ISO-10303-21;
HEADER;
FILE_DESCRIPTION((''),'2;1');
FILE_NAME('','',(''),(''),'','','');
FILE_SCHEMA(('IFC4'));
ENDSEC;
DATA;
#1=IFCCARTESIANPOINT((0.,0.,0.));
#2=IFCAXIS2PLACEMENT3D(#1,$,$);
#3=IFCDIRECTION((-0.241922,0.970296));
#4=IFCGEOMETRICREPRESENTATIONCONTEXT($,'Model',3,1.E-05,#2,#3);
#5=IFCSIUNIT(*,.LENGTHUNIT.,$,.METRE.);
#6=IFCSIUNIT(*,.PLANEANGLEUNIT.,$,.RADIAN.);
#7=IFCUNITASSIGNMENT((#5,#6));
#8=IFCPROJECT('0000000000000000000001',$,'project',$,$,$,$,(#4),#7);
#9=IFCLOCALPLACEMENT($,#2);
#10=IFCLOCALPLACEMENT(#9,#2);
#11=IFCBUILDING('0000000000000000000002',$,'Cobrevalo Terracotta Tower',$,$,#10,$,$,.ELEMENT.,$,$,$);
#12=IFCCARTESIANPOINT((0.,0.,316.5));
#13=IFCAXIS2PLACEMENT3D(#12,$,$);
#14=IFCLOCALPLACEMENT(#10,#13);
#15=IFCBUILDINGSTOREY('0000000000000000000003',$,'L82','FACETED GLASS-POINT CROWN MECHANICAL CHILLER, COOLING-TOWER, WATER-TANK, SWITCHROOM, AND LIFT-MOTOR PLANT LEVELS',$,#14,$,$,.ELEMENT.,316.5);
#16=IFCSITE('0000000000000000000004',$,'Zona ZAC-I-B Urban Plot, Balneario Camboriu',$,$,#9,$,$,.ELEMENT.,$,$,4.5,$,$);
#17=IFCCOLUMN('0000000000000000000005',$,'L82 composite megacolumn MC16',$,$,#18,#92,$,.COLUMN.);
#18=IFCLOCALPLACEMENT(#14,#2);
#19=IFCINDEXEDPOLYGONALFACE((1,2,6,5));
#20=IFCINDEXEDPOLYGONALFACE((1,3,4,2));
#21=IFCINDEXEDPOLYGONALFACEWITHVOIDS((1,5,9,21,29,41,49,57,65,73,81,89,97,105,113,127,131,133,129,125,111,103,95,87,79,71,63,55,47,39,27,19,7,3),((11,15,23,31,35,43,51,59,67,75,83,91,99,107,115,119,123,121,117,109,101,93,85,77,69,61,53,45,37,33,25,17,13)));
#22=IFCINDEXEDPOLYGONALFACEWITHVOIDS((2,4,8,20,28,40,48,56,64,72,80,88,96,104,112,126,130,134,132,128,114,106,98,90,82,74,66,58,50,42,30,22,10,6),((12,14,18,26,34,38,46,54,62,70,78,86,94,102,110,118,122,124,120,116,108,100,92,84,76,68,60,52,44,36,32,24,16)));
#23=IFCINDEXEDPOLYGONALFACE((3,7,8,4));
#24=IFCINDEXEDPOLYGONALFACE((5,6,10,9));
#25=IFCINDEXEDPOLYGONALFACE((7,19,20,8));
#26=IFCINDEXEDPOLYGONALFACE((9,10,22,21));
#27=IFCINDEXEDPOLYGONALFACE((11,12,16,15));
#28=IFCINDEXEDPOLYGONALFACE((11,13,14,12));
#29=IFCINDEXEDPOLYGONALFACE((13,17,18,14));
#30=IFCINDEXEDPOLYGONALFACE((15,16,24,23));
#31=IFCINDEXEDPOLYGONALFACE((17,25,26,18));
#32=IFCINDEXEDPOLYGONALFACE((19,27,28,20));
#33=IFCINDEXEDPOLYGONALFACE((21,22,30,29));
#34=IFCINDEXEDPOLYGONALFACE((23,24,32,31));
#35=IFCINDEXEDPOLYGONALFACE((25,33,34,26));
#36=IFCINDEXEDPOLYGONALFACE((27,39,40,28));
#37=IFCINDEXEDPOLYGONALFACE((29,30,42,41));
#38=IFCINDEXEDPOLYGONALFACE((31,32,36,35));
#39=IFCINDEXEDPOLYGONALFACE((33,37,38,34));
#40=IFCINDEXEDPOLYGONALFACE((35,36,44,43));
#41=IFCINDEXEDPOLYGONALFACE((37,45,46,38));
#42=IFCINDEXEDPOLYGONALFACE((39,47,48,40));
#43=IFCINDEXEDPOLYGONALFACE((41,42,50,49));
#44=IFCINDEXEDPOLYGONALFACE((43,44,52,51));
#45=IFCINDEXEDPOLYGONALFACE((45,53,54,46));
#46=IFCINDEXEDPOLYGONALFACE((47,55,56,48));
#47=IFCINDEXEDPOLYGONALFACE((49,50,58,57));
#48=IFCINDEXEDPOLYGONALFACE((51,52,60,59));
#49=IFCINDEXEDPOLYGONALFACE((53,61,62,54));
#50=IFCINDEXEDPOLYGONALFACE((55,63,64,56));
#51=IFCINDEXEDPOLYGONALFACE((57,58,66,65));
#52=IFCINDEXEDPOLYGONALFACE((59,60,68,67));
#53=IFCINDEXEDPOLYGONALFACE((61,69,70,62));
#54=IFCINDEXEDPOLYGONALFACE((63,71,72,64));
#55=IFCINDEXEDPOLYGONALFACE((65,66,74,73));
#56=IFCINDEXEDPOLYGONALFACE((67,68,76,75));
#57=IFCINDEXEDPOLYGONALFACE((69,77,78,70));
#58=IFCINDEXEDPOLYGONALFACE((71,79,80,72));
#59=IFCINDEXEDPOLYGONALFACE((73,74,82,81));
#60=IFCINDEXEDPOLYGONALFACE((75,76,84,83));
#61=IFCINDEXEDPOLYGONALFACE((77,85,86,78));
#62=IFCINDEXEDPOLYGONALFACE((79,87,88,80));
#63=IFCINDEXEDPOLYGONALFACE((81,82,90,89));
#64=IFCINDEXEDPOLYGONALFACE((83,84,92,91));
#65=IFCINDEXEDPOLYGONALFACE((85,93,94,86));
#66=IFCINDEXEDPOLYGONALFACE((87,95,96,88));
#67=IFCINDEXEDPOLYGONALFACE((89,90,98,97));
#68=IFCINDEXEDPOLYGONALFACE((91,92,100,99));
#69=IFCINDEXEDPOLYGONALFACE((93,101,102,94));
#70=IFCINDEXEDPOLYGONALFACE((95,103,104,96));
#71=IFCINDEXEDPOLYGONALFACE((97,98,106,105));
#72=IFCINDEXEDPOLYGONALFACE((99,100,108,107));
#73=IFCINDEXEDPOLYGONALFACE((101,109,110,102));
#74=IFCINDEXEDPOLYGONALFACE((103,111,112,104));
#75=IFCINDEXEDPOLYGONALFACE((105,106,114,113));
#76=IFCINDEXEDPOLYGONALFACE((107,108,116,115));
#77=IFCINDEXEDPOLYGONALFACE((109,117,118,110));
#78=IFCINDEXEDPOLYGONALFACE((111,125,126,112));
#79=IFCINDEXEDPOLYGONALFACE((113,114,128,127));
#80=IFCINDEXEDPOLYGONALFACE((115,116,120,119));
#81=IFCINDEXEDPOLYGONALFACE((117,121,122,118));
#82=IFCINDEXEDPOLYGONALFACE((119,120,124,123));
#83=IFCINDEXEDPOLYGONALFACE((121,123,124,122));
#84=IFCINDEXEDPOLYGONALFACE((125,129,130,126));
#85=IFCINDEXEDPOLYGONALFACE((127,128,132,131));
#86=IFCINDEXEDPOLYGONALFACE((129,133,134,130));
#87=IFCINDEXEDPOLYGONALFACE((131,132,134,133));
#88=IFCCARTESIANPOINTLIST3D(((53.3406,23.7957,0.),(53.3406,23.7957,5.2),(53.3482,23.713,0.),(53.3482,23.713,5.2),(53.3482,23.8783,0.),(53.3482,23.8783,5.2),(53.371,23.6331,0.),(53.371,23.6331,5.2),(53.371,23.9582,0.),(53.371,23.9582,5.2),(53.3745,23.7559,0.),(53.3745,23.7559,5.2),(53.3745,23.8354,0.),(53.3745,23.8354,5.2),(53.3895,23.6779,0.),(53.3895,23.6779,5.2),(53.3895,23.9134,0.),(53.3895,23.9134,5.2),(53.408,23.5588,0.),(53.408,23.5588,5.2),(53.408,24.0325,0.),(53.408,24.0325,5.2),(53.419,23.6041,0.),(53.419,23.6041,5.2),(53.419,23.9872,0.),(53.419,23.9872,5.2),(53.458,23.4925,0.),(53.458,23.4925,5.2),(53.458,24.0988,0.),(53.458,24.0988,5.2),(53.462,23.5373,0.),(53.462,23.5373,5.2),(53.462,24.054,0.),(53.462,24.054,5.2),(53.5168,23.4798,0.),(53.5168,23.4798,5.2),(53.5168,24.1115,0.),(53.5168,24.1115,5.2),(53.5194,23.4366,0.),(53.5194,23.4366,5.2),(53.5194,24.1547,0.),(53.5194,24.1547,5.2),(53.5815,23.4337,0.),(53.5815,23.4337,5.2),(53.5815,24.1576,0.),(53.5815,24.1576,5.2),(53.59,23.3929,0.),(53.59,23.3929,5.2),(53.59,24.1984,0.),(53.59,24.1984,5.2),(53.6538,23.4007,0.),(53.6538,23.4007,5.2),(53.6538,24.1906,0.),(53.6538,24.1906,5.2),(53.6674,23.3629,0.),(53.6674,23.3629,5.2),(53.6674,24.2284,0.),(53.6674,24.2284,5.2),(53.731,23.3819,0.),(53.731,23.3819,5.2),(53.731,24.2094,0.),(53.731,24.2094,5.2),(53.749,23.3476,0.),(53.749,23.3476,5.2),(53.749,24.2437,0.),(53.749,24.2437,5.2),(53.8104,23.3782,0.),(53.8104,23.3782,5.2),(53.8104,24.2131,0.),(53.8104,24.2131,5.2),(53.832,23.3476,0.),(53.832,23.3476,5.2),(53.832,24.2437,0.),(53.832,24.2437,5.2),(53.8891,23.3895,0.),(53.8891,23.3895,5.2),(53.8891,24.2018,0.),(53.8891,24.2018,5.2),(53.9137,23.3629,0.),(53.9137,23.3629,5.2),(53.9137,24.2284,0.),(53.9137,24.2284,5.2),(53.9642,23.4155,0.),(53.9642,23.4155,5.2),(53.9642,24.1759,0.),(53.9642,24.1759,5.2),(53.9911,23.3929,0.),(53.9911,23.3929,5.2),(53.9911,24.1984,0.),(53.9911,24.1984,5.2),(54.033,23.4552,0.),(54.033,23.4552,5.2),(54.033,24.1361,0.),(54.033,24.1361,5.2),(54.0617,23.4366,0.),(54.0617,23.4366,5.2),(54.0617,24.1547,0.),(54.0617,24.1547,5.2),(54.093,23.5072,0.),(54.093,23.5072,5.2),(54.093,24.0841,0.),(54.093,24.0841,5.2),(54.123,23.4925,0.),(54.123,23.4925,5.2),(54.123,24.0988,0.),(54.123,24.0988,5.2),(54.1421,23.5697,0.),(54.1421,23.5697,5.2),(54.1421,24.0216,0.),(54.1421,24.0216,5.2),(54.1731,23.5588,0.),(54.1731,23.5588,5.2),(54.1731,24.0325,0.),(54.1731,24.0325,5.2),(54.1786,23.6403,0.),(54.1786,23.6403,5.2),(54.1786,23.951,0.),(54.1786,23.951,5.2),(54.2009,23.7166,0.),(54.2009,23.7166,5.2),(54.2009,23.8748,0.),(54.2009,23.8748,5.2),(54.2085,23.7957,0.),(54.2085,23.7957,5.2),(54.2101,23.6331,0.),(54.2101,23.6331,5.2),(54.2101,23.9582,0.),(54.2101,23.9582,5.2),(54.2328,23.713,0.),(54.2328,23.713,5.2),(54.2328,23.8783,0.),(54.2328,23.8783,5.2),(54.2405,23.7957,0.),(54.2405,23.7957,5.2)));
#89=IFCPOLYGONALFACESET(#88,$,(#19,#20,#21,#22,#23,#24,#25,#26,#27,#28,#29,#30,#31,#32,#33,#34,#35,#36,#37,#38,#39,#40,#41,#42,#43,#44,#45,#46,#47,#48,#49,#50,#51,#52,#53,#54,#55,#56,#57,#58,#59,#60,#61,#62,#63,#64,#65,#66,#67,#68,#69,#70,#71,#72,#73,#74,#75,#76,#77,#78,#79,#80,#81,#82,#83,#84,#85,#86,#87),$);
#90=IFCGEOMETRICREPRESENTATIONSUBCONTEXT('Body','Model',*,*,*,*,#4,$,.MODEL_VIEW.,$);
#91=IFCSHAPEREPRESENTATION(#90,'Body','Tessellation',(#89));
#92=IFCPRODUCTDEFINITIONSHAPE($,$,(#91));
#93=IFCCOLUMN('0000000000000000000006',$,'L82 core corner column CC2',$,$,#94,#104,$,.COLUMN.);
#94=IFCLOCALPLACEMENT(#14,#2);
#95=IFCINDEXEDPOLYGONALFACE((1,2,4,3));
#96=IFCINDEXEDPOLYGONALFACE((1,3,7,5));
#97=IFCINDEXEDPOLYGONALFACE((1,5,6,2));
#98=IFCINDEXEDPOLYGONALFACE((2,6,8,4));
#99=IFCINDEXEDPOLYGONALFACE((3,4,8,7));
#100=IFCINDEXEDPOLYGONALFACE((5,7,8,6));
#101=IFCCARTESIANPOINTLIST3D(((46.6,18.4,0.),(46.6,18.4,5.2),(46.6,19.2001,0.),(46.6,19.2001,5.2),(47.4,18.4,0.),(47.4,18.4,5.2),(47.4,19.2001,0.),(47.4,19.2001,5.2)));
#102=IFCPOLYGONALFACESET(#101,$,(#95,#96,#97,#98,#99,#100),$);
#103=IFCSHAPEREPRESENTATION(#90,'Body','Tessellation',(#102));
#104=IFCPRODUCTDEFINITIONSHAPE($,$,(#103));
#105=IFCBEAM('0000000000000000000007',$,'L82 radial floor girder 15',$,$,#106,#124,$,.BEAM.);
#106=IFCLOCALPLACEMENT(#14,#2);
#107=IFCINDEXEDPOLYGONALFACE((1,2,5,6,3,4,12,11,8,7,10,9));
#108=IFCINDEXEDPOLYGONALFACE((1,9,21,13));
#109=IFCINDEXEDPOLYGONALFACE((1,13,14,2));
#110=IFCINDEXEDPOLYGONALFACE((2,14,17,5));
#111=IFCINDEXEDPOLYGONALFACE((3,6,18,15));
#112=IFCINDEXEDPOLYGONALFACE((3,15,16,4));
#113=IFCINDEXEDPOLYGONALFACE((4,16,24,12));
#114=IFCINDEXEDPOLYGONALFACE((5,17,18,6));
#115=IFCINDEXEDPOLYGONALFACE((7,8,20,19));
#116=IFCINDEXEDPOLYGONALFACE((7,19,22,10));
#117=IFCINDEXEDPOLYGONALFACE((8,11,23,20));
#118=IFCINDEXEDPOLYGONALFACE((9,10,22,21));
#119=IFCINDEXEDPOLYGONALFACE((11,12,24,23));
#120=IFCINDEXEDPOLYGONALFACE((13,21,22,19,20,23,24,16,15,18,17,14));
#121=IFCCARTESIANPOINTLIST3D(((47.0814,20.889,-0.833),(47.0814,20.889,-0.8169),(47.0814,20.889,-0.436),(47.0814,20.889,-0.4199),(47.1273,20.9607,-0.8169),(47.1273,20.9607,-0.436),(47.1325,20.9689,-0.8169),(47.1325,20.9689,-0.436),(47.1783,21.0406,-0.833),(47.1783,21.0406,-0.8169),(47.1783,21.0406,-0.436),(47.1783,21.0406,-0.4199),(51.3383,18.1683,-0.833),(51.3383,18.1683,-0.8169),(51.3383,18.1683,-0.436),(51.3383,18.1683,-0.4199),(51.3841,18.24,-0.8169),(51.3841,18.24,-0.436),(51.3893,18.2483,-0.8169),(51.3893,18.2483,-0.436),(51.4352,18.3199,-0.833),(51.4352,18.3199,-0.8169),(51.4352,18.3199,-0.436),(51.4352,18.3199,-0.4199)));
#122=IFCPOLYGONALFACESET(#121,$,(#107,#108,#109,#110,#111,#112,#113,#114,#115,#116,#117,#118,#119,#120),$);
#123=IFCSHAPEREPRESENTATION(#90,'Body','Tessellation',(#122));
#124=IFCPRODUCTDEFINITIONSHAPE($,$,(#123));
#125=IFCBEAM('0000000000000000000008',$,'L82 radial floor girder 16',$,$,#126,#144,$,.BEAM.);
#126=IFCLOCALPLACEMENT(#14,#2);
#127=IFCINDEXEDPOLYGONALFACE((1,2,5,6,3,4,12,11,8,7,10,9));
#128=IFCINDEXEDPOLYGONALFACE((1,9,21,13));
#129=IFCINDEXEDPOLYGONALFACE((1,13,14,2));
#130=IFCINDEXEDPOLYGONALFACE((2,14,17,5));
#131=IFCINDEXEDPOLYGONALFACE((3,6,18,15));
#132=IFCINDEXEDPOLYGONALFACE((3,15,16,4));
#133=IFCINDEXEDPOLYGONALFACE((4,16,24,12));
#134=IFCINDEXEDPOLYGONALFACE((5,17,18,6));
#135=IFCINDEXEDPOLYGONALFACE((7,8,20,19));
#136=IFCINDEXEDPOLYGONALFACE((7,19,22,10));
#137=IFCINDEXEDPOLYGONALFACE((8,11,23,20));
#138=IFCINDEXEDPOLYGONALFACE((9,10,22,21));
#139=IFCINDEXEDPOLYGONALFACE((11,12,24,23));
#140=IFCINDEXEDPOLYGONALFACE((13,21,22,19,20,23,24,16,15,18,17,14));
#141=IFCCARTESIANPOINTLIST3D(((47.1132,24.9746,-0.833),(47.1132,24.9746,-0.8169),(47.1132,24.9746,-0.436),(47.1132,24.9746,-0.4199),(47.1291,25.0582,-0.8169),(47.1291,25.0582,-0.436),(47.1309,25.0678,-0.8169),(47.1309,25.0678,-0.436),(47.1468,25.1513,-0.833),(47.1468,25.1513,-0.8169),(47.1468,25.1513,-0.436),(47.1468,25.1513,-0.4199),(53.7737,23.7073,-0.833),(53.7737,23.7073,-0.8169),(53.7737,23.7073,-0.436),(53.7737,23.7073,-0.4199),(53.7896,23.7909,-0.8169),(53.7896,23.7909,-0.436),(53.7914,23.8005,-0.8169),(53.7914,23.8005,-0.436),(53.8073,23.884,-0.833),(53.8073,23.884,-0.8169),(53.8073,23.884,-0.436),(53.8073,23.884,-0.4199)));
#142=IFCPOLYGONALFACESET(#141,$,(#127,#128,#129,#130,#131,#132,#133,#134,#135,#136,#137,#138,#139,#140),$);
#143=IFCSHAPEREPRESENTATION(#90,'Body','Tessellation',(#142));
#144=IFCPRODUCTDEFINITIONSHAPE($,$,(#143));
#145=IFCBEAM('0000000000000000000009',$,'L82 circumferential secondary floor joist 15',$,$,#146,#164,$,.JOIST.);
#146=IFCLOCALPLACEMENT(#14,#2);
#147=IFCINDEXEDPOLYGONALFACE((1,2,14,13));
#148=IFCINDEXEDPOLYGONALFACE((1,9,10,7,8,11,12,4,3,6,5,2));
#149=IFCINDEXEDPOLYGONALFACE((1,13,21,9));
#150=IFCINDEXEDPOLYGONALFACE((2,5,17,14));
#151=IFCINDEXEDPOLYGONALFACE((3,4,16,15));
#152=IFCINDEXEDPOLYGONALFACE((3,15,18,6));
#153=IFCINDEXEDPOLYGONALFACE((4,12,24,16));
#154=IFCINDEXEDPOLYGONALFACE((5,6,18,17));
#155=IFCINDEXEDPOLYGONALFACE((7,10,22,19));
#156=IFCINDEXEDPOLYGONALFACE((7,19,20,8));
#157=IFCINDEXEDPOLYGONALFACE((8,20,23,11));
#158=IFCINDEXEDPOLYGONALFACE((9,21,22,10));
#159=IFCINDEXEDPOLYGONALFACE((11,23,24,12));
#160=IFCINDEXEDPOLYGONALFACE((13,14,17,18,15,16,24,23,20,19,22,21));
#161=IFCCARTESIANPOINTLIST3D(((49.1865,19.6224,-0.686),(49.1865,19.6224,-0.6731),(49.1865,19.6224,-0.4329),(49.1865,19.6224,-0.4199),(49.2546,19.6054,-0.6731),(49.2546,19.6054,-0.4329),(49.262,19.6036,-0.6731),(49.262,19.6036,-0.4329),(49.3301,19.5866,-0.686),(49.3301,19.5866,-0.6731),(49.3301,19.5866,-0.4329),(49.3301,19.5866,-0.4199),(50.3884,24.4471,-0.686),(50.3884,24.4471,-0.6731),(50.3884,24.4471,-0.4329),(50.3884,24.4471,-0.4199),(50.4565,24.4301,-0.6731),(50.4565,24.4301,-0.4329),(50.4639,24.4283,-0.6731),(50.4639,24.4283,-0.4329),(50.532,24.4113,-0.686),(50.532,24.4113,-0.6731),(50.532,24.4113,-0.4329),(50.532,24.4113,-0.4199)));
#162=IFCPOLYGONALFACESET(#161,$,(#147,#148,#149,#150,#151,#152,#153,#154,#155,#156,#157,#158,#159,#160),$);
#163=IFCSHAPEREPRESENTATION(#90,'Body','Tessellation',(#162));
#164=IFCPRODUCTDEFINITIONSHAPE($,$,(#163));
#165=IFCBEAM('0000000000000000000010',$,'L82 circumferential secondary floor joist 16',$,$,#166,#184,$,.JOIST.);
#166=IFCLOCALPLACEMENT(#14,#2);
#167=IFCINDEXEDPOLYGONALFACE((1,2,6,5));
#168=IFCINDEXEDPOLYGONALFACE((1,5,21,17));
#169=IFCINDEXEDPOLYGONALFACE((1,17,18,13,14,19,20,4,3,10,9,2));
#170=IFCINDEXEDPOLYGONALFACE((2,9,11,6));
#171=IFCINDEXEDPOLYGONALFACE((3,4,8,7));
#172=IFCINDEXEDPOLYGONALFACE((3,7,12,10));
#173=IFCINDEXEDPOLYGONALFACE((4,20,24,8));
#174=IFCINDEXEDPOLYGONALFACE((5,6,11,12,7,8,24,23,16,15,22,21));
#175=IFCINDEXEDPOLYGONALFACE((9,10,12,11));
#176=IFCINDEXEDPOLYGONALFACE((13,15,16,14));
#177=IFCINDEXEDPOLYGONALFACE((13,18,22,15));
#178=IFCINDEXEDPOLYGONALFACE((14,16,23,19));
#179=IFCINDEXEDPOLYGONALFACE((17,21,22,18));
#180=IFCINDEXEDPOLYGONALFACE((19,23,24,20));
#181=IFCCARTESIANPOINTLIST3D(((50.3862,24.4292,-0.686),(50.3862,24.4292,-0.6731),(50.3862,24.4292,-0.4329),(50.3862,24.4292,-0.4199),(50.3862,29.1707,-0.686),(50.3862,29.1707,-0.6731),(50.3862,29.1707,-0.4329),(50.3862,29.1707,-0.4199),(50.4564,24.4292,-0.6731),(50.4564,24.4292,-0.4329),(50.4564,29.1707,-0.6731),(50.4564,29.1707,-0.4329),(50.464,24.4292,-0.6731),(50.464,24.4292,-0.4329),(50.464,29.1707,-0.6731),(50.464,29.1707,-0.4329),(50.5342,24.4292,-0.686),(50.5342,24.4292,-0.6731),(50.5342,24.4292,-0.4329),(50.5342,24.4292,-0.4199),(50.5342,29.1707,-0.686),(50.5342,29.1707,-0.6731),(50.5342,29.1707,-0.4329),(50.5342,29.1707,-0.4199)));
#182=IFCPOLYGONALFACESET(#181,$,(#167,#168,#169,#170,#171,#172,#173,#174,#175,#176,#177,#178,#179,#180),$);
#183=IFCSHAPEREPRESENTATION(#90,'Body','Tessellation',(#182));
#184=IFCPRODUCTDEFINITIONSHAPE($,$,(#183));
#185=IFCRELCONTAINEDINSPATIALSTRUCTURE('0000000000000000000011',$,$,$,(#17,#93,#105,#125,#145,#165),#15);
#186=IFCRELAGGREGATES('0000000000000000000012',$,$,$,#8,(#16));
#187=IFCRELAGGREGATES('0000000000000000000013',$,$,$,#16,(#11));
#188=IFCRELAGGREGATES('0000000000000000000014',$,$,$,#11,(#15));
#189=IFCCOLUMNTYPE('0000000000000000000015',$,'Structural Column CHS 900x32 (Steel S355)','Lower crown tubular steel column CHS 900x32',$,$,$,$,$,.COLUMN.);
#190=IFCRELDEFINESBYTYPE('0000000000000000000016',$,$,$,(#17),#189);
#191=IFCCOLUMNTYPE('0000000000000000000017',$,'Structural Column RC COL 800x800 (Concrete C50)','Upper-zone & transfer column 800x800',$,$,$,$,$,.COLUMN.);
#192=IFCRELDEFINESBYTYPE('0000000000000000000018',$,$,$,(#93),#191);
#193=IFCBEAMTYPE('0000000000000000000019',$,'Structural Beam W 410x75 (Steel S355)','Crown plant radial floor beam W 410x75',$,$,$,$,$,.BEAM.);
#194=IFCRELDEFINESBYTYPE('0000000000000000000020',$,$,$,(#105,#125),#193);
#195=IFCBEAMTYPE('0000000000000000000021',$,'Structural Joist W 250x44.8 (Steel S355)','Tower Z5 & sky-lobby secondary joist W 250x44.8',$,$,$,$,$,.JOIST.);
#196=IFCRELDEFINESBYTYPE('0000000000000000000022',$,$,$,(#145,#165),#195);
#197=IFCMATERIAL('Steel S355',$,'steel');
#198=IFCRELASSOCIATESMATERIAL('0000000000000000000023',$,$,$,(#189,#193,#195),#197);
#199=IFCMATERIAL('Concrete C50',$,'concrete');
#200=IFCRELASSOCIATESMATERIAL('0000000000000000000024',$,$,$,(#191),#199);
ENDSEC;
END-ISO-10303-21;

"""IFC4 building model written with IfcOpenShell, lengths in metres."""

from ifc_helpers import new_model, si_unit, direction, frame, origin, origin_2d, place, context, subcontext, project, spatial, rectangle, hollow_circle, i_section, extrude, material, material_profile, profile_set, type_object, element, save


model = new_model("IFC4")

# Units and contexts
model_context = context("Model", 3, precision=1e-05, world=origin(), true_north=direction((-0.241922, 0.970296)))
body_context = subcontext(model_context, "Body", "Model", "MODEL_VIEW")
ifc_project = project(units=[si_unit("LENGTHUNIT", "METRE"), si_unit("PLANEANGLEUNIT", "RADIAN")], contexts=[model_context])

# Site, building, storey
site_placement = place(None, origin())
site = spatial("IfcSite", under=ifc_project, at=site_placement, Name="Zona ZAC-I-B Urban Plot, Balneario Camboriu", CompositionType="ELEMENT", RefElevation=4.5)
building_placement = place(site_placement, origin())
building = spatial("IfcBuilding", under=site, at=building_placement, Name="Cobrevalo Terracotta Tower", CompositionType="ELEMENT")
storey_placement = place(building_placement, frame((0.0, 0.0, 316.5)))
storey = spatial("IfcBuildingStorey", under=building, at=storey_placement, Name="L82", Description="FACETED GLASS-POINT CROWN MECHANICAL CHILLER, COOLING-TOWER, WATER-TANK, SWITCHROOM, AND LIFT-MOTOR PLANT LEVELS", CompositionType="ELEMENT", Elevation=316.5)

# Columns
ifc_material_1 = material(Name="Steel S355", Category="steel")
ifc_material_profile_1 = material_profile(ifc_material_1, hollow_circle(Radius=0.45, WallThickness=0.032, at=origin_2d()), Name="CHS 900x32")
ifc_profile_set_1 = profile_set([ifc_material_profile_1], Name="Steel S355")
column_type_1 = type_object("IfcColumnType", Name="Structural Column CHS 900x32 (Steel S355)", Description="Lower crown tubular steel column CHS 900x32", PredefinedType="COLUMN", material=ifc_profile_set_1)
column_1_placement = place(storey_placement, frame((53.7905, 23.7957, 0.0), z_axis=(0.0, 0.0, 1.0), x_axis=(1.0, 0.0, 0.0)))
element("IfcColumn", 1, at=column_1_placement, inside=storey, type_object=column_type_1, Name="L82 composite megacolumn MC16", PredefinedType="COLUMN", context=body_context, shape_type="SweptSolid", body=[
    extrude(hollow_circle(Radius=0.45, WallThickness=0.032, at=origin_2d()), origin(), (0.0, 0.0, 1.0), 5.2),
])
ifc_material_2 = material(Name="Concrete C50", Category="concrete")
ifc_material_profile_2 = material_profile(ifc_material_2, rectangle(XDim=0.8, YDim=0.8, at=origin_2d()), Name="RC COL 800x800")
ifc_profile_set_2 = profile_set([ifc_material_profile_2], Name="Concrete C50")
column_type_2 = type_object("IfcColumnType", Name="Structural Column RC COL 800x800 (Concrete C50)", Description="Upper-zone & transfer column 800x800", PredefinedType="COLUMN", material=ifc_profile_set_2)
column_2_placement = place(storey_placement, frame((47.0, 18.8, 0.0), z_axis=(0.0, 0.0, 1.0), x_axis=(1.0, 0.0, 0.0)))
element("IfcColumn", 2, at=column_2_placement, inside=storey, type_object=column_type_2, Name="L82 core corner column CC2", PredefinedType="COLUMN", context=body_context, shape_type="SweptSolid", body=[
    extrude(rectangle(XDim=0.8, YDim=0.8, at=origin_2d()), origin(), (0.0, 0.0, 1.0), 5.2),
])

# Beams
ifc_material_profile_3 = material_profile(ifc_material_1, i_section(OverallWidth=0.1799, OverallDepth=0.4131, WebThickness=0.0098, FlangeThickness=0.0161, at=origin_2d()), Name="W 410x75")
ifc_profile_set_3 = profile_set([ifc_material_profile_3], Name="Steel S355")
beam_type_1 = type_object("IfcBeamType", Name="Structural Beam W 410x75 (Steel S355)", Description="Crown plant radial floor beam W 410x75", PredefinedType="BEAM", material=ifc_profile_set_3)
beam_1_placement = place(storey_placement, frame((51.3867, 18.2441, -0.6265), z_axis=(-0.842601, 0.538538, 0.0), x_axis=(-0.538538, -0.842601, 0.0)))
element("IfcBeam", 3, at=beam_1_placement, inside=storey, type_object=beam_type_1, Name="L82 radial floor girder 15", PredefinedType="BEAM", context=body_context, shape_type="SweptSolid", body=[
    extrude(i_section(OverallWidth=0.1799, OverallDepth=0.4131, WebThickness=0.0098, FlangeThickness=0.0161, at=origin_2d()), origin(), (0.0, 0.0, 1.0), 5.052),
])
beam_2_placement = place(storey_placement, frame((53.7905, 23.7957, -0.6265), z_axis=(-0.982375, 0.186919, 0.0), x_axis=(-0.186919, -0.982375, 0.0)))
element("IfcBeam", 4, at=beam_2_placement, inside=storey, type_object=beam_type_1, Name="L82 radial floor girder 16", PredefinedType="BEAM", context=body_context, shape_type="SweptSolid", body=[
    extrude(i_section(OverallWidth=0.1799, OverallDepth=0.4131, WebThickness=0.0098, FlangeThickness=0.0161, at=origin_2d()), origin(), (0.0, 0.0, 1.0), 6.78),
])
ifc_material_profile_4 = material_profile(ifc_material_1, i_section(OverallWidth=0.1479, OverallDepth=0.2661, WebThickness=0.0076, FlangeThickness=0.0129, at=origin_2d()), Name="W 250x44.8")
ifc_profile_set_4 = profile_set([ifc_material_profile_4], Name="Steel S355")
beam_type_2 = type_object("IfcBeamType", Name="Structural Joist W 250x44.8 (Steel S355)", Description="Tower Z5 & sky-lobby secondary joist W 250x44.8", PredefinedType="JOIST", material=ifc_profile_set_4)
beam_3_placement = place(storey_placement, frame((49.2583, 19.6045, -0.553), z_axis=(0.241727, 0.970344, 0.0), x_axis=(-0.970344, 0.241727, 0.0)))
element("IfcBeam", 5, at=beam_3_placement, inside=storey, type_object=beam_type_2, Name="L82 circumferential secondary floor joist 15", PredefinedType="JOIST", context=body_context, shape_type="SweptSolid", body=[
    extrude(i_section(OverallWidth=0.1479, OverallDepth=0.2661, WebThickness=0.0076, FlangeThickness=0.0129, at=origin_2d()), origin(), (0.0, 0.0, 1.0), 4.9722),
])
beam_4_placement = place(storey_placement, frame((50.4602, 24.4292, -0.553), z_axis=(0.0, 1.0, 0.0), x_axis=(-1.0, 0.0, 0.0)))
element("IfcBeam", 6, at=beam_4_placement, inside=storey, type_object=beam_type_2, Name="L82 circumferential secondary floor joist 16", PredefinedType="JOIST", context=body_context, shape_type="SweptSolid", body=[
    extrude(i_section(OverallWidth=0.1479, OverallDepth=0.2661, WebThickness=0.0076, FlangeThickness=0.0129, at=origin_2d()), origin(), (0.0, 0.0, 1.0), 4.7415),
])

save(model, "model.ifc")
